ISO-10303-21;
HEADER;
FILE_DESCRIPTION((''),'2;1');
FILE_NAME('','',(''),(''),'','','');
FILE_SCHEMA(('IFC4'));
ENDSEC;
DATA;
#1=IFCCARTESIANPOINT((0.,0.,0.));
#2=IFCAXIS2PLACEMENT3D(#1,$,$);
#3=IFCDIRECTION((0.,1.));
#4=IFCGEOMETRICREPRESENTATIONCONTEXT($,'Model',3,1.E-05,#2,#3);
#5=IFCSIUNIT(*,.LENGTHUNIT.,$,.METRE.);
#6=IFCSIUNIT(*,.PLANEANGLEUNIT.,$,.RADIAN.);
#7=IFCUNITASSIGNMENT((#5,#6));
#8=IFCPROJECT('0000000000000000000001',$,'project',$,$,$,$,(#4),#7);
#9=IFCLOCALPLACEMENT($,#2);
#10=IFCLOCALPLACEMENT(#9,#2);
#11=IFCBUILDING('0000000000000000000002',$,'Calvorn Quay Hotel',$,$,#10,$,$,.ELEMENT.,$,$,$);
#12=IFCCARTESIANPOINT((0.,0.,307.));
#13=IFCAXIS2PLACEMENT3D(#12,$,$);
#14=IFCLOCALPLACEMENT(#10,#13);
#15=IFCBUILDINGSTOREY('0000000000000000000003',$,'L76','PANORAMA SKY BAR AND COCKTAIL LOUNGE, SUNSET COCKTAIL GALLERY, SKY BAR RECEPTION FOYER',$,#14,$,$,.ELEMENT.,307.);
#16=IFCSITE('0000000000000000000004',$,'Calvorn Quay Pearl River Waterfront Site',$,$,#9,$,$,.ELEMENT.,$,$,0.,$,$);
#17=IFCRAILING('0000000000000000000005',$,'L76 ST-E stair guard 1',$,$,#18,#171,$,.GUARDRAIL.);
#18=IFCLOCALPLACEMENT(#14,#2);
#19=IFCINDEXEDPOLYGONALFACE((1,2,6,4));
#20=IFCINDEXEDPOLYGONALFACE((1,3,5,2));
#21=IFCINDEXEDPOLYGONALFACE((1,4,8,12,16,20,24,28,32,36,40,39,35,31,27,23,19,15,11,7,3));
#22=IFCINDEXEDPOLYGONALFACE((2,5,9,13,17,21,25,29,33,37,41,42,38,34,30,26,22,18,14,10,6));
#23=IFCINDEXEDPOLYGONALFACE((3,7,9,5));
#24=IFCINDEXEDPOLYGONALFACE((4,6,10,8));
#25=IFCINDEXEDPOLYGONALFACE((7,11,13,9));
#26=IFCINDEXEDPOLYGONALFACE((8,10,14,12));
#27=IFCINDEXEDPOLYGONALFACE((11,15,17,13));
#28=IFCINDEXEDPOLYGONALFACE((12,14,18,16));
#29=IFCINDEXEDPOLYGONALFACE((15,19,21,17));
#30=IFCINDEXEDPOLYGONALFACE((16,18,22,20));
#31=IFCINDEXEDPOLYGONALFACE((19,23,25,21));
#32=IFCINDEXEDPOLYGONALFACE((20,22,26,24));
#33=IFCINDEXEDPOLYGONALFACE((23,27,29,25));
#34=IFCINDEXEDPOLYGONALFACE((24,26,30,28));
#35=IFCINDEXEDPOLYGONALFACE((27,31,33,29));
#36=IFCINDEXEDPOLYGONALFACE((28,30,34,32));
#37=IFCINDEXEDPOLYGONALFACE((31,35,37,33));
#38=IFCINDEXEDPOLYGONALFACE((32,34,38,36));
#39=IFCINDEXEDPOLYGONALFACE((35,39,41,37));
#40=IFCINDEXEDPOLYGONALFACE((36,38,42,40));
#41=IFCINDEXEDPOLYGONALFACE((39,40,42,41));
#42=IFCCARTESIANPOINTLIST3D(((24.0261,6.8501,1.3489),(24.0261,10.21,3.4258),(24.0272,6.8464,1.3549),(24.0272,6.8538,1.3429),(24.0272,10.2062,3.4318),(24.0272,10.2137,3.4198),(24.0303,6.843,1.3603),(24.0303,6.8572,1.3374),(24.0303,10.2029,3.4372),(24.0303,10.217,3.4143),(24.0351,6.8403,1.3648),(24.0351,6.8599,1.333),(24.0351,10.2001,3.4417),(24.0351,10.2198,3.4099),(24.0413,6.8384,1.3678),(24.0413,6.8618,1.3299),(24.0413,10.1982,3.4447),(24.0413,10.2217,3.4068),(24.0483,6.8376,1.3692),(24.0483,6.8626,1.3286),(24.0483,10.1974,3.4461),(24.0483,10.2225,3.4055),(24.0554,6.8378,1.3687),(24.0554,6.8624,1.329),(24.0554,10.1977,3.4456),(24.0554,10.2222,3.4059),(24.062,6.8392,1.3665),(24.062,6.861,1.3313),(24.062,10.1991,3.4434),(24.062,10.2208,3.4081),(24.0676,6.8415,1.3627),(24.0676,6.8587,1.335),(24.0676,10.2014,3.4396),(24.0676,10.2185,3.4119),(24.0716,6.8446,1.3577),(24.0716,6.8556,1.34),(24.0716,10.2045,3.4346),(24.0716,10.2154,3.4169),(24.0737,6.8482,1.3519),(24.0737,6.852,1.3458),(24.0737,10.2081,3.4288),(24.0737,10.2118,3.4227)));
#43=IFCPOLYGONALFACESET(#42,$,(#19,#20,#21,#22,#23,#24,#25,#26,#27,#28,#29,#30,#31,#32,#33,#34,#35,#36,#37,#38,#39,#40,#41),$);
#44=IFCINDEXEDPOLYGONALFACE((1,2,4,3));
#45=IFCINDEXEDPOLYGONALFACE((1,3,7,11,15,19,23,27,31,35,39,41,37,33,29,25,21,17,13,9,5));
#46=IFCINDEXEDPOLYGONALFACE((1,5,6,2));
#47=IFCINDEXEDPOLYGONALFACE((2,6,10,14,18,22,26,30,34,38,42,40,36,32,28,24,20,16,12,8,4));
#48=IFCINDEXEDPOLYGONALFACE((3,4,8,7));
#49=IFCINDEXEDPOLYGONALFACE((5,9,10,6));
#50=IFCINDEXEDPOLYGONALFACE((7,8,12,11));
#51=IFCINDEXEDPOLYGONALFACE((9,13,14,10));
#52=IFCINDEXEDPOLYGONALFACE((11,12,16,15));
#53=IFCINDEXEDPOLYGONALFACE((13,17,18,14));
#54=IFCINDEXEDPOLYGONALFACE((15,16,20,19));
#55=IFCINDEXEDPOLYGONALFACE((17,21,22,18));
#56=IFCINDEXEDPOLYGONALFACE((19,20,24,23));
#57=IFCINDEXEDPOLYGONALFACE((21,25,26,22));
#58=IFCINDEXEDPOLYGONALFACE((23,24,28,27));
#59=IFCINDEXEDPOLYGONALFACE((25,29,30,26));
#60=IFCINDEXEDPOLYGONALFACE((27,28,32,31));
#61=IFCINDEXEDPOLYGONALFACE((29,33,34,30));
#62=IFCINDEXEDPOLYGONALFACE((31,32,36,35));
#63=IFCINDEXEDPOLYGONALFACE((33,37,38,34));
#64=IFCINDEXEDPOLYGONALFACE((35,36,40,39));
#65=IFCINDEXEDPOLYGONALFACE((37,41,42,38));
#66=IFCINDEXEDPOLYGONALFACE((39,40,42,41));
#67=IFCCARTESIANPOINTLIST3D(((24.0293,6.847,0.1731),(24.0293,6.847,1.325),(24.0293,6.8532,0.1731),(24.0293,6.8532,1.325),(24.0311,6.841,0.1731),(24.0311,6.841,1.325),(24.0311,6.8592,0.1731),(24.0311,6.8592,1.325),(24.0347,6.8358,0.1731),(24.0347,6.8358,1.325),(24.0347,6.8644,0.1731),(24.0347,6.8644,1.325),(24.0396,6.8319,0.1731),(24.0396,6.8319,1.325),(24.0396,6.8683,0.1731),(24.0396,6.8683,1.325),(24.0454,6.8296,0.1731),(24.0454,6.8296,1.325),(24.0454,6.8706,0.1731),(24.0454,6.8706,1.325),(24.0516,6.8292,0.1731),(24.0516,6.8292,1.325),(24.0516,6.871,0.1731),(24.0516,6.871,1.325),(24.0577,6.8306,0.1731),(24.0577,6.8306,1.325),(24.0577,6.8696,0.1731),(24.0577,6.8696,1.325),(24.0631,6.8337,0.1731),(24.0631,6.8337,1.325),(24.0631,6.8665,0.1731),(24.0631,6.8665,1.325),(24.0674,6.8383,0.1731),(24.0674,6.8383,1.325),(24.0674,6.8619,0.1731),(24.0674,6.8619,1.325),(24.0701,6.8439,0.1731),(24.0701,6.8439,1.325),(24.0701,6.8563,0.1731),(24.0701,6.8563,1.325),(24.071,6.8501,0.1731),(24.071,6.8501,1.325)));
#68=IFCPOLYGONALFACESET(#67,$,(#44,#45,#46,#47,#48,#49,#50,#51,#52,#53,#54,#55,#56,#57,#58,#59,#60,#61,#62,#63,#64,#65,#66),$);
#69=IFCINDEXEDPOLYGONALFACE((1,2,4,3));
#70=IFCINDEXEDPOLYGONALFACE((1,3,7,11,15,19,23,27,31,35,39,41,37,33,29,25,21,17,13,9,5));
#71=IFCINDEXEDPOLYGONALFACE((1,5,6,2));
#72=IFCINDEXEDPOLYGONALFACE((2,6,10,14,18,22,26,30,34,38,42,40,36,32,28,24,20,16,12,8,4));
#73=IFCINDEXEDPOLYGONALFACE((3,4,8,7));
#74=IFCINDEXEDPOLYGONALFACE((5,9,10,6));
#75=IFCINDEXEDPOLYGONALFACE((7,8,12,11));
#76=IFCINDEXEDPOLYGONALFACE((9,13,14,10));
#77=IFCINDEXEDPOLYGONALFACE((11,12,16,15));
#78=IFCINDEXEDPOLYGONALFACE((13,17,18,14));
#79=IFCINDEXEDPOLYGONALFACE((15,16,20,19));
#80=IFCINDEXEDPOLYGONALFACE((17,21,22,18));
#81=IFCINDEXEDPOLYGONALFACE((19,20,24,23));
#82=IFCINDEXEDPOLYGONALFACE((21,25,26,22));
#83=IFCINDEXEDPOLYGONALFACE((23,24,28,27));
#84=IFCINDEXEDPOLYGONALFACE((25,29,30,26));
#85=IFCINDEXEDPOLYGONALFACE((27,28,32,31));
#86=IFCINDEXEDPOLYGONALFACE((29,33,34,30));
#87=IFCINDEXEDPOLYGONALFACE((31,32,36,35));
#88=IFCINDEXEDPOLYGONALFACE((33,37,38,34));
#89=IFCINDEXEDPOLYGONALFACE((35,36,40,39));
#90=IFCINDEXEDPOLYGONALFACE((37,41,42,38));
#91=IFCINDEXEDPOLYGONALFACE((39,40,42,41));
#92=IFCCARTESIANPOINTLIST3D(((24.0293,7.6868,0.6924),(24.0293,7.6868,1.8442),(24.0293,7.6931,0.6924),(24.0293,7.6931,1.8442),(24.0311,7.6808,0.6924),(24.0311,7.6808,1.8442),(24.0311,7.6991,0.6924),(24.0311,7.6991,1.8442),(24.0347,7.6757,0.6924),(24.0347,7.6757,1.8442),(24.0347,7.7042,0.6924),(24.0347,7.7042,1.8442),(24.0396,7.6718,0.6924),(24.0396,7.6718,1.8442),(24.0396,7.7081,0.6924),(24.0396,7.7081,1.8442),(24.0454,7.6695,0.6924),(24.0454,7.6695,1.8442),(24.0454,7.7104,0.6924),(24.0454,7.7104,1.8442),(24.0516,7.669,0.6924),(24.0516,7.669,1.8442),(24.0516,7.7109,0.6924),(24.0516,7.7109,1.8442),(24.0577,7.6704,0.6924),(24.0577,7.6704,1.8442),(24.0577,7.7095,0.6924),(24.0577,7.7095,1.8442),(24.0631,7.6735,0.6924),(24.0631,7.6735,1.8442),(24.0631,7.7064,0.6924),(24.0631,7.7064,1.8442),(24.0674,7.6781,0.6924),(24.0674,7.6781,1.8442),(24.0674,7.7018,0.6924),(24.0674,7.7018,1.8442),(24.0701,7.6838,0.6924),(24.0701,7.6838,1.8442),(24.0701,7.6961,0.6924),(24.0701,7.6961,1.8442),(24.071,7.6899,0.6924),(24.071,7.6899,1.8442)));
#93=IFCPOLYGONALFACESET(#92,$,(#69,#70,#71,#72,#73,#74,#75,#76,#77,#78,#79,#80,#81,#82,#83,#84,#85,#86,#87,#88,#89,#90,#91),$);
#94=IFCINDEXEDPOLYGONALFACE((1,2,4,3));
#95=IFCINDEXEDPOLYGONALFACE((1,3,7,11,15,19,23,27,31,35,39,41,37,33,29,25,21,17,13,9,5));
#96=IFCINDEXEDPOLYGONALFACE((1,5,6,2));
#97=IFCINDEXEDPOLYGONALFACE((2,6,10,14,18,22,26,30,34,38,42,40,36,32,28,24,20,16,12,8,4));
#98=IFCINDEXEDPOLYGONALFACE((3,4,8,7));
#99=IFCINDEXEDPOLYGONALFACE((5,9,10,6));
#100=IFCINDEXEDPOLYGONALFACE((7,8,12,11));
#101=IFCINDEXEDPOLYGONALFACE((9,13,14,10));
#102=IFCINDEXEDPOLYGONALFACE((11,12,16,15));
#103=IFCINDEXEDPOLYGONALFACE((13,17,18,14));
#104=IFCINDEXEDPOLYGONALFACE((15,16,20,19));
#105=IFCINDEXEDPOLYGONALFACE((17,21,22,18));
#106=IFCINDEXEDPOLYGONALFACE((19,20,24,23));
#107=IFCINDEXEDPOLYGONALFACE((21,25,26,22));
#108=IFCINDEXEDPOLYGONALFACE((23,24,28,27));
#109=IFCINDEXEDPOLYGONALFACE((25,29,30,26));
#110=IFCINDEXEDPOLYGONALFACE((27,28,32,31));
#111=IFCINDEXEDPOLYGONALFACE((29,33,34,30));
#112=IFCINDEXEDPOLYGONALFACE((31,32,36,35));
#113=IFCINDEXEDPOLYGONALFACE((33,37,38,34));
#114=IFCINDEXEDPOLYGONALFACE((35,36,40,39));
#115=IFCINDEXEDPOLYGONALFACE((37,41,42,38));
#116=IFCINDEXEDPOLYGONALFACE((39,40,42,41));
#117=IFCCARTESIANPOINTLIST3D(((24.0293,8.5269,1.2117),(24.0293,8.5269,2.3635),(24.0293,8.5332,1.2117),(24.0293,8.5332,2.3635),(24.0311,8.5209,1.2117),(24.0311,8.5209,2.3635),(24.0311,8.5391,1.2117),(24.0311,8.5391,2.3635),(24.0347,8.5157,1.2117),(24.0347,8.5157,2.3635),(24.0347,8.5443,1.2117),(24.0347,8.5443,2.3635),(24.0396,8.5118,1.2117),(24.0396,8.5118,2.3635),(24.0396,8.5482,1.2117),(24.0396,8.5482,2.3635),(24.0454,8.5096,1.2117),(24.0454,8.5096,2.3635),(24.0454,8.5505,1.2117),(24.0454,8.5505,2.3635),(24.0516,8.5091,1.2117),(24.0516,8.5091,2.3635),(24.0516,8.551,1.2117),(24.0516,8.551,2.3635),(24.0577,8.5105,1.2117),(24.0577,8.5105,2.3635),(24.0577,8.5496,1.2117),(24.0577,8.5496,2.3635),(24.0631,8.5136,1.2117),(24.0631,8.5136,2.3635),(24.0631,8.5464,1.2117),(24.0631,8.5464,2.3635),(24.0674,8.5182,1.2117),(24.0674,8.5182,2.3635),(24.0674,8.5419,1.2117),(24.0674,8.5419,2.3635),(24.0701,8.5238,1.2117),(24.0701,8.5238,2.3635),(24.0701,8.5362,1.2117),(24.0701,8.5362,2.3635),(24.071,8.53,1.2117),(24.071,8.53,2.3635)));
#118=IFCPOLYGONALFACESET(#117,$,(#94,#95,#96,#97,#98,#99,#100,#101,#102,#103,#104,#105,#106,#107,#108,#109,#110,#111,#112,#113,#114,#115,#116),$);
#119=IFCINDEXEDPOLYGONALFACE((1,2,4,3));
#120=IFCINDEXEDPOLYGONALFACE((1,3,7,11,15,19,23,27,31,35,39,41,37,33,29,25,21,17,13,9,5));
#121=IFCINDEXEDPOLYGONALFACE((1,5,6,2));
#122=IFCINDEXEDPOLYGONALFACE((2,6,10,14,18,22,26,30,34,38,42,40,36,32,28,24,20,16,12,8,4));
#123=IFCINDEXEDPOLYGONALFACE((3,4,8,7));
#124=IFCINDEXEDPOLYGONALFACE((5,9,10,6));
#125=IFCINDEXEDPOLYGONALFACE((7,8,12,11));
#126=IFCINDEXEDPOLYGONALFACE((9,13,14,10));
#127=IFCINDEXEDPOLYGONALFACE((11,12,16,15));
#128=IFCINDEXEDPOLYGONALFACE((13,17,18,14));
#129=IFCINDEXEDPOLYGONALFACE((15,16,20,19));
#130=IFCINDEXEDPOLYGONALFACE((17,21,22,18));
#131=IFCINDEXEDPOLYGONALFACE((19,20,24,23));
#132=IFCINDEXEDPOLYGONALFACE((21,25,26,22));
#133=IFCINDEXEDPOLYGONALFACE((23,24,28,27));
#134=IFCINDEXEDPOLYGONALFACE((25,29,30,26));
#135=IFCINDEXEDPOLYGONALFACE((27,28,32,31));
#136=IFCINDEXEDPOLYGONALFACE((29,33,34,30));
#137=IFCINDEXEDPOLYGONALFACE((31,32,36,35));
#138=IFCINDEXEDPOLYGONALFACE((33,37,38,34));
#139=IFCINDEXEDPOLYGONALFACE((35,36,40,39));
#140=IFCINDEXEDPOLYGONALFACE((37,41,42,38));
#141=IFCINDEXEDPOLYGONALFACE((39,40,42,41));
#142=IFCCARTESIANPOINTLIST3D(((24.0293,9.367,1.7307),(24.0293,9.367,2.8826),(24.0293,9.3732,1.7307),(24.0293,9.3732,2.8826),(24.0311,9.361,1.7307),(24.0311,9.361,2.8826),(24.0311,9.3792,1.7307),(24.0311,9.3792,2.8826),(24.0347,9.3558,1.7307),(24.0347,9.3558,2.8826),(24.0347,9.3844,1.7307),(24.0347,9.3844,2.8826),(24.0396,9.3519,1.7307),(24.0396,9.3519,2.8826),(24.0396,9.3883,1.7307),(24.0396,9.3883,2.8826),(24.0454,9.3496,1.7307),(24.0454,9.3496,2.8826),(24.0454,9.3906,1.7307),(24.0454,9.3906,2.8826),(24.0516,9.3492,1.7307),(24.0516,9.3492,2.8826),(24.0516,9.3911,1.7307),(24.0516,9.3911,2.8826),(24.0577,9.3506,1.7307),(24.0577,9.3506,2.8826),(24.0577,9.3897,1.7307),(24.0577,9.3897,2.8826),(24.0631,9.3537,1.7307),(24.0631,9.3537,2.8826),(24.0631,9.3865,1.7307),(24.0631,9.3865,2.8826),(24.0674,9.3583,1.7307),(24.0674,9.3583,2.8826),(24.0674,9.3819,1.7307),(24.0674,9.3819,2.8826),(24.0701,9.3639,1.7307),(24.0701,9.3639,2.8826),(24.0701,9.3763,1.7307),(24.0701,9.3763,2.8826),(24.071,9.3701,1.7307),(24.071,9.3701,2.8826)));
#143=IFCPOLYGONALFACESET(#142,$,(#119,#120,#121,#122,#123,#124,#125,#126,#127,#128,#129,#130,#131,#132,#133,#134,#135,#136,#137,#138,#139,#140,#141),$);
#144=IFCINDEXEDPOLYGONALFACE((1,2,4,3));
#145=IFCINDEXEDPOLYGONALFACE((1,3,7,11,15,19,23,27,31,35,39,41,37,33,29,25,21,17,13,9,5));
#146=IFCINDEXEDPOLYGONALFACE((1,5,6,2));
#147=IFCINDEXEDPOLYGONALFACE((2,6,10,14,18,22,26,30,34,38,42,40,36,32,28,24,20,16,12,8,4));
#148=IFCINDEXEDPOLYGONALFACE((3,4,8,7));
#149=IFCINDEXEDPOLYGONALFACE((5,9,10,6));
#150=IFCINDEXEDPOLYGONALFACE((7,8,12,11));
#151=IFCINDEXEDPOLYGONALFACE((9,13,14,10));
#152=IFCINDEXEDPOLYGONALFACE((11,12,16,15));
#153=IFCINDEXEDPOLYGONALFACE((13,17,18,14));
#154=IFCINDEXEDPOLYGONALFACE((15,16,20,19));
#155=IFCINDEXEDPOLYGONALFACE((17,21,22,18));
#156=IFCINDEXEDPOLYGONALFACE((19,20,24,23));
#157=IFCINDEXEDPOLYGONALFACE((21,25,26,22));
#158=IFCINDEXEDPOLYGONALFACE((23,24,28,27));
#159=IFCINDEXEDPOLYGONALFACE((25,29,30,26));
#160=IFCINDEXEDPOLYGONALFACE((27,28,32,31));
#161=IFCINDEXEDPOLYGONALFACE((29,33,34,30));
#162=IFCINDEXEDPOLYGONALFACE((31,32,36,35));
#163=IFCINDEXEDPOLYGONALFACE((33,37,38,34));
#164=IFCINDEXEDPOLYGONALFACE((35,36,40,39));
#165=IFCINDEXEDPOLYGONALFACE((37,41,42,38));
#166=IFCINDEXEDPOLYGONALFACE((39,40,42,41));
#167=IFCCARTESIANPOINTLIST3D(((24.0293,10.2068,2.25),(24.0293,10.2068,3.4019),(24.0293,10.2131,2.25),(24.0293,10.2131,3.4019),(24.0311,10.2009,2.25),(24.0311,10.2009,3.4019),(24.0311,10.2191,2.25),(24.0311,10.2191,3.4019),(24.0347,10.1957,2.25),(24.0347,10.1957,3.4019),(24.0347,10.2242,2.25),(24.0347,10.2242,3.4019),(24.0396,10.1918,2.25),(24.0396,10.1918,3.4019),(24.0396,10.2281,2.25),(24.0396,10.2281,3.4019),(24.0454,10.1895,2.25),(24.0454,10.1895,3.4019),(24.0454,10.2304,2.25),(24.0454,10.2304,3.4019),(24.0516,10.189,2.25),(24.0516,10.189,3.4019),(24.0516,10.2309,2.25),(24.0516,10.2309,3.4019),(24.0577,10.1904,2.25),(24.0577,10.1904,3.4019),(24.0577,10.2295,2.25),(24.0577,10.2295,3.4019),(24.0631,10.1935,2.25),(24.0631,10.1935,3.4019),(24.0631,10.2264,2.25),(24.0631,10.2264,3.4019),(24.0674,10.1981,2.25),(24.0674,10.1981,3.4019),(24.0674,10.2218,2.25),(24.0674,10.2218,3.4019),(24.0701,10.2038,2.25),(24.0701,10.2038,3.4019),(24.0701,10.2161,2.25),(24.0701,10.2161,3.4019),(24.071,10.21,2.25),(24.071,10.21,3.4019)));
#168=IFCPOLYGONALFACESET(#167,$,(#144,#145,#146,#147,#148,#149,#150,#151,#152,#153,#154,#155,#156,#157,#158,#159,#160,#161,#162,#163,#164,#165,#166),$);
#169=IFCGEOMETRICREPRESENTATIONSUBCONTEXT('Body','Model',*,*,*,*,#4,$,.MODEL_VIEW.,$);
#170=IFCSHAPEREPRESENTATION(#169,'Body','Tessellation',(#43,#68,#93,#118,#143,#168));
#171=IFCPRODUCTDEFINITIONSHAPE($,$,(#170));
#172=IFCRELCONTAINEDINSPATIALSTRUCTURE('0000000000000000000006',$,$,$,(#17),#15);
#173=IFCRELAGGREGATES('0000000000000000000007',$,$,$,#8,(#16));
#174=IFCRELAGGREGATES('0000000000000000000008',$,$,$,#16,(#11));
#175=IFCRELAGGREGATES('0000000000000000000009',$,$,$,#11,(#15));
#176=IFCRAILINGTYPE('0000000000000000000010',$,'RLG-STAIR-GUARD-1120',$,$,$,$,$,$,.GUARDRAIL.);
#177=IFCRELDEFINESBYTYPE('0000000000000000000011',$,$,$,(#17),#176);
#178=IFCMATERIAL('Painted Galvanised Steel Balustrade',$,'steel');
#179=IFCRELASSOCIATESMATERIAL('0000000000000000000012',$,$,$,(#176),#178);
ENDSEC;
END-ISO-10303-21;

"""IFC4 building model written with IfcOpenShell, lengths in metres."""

from ifc_helpers import new_model, si_unit, direction, frame, origin, origin_2d, place, context, subcontext, project, spatial, circle, extrude, material, type_object, element, save


model = new_model("IFC4")

# Units and contexts
model_context = context("Model", 3, precision=1e-05, world=origin(), true_north=direction((0.0, 1.0)))
body_context = subcontext(model_context, "Body", "Model", "MODEL_VIEW")
ifc_project = project(units=[si_unit("LENGTHUNIT", "METRE"), si_unit("PLANEANGLEUNIT", "RADIAN")], contexts=[model_context])

# Site, building, storey
site_placement = place(None, origin())
site = spatial("IfcSite", under=ifc_project, at=site_placement, Name="Calvorn Quay Pearl River Waterfront Site", CompositionType="ELEMENT", RefElevation=0.0)
building_placement = place(site_placement, origin())
building = spatial("IfcBuilding", under=site, at=building_placement, Name="Calvorn Quay Hotel", CompositionType="ELEMENT")
storey_placement = place(building_placement, frame((0.0, 0.0, 307.0)))
storey = spatial("IfcBuildingStorey", under=building, at=storey_placement, Name="L76", Description="PANORAMA SKY BAR AND COCKTAIL LOUNGE, SUNSET COCKTAIL GALLERY, SKY BAR RECEPTION FOYER", CompositionType="ELEMENT", Elevation=307.0)

# Railing
ifc_material_1 = material(Name="Painted Galvanised Steel Balustrade", Category="steel")
railing_type_1 = type_object("IfcRailingType", Name="RLG-STAIR-GUARD-1120", PredefinedType="GUARDRAIL", material=ifc_material_1)
railing_1_placement = place(storey_placement, frame((24.05, 6.8501, 0.1731)))
element("IfcRailing", 1, at=railing_1_placement, inside=storey, type_object=railing_type_1, Name="L76 ST-E stair guard 1", PredefinedType="GUARDRAIL", context=body_context, shape_type="SweptSolid", body=[
    extrude(circle(Radius=0.0239, at=origin_2d()), frame((0.0, 0.0, 1.1758), z_axis=(0.0, 0.850606, 0.525803), x_axis=(-1.0, 0.0, 0.0)), (0.0, 0.0, 1.0), 3.95),
    extrude(circle(Radius=0.021, at=origin_2d()), origin(), (0.0, 0.0, 1.0), 1.1519),
    extrude(circle(Radius=0.021, at=origin_2d()), frame((0.0, 0.8398, 0.5193)), (0.0, 0.0, 1.0), 1.1519),
    extrude(circle(Radius=0.021, at=origin_2d()), frame((0.0, 1.6799, 1.0386)), (0.0, 0.0, 1.0), 1.1519),
    extrude(circle(Radius=0.021, at=origin_2d()), frame((0.0, 2.52, 1.5576)), (0.0, 0.0, 1.0), 1.1519),
    extrude(circle(Radius=0.021, at=origin_2d()), frame((0.0, 3.3599, 2.0769)), (0.0, 0.0, 1.0), 1.1519),
])

save(model, "model.ifc")
